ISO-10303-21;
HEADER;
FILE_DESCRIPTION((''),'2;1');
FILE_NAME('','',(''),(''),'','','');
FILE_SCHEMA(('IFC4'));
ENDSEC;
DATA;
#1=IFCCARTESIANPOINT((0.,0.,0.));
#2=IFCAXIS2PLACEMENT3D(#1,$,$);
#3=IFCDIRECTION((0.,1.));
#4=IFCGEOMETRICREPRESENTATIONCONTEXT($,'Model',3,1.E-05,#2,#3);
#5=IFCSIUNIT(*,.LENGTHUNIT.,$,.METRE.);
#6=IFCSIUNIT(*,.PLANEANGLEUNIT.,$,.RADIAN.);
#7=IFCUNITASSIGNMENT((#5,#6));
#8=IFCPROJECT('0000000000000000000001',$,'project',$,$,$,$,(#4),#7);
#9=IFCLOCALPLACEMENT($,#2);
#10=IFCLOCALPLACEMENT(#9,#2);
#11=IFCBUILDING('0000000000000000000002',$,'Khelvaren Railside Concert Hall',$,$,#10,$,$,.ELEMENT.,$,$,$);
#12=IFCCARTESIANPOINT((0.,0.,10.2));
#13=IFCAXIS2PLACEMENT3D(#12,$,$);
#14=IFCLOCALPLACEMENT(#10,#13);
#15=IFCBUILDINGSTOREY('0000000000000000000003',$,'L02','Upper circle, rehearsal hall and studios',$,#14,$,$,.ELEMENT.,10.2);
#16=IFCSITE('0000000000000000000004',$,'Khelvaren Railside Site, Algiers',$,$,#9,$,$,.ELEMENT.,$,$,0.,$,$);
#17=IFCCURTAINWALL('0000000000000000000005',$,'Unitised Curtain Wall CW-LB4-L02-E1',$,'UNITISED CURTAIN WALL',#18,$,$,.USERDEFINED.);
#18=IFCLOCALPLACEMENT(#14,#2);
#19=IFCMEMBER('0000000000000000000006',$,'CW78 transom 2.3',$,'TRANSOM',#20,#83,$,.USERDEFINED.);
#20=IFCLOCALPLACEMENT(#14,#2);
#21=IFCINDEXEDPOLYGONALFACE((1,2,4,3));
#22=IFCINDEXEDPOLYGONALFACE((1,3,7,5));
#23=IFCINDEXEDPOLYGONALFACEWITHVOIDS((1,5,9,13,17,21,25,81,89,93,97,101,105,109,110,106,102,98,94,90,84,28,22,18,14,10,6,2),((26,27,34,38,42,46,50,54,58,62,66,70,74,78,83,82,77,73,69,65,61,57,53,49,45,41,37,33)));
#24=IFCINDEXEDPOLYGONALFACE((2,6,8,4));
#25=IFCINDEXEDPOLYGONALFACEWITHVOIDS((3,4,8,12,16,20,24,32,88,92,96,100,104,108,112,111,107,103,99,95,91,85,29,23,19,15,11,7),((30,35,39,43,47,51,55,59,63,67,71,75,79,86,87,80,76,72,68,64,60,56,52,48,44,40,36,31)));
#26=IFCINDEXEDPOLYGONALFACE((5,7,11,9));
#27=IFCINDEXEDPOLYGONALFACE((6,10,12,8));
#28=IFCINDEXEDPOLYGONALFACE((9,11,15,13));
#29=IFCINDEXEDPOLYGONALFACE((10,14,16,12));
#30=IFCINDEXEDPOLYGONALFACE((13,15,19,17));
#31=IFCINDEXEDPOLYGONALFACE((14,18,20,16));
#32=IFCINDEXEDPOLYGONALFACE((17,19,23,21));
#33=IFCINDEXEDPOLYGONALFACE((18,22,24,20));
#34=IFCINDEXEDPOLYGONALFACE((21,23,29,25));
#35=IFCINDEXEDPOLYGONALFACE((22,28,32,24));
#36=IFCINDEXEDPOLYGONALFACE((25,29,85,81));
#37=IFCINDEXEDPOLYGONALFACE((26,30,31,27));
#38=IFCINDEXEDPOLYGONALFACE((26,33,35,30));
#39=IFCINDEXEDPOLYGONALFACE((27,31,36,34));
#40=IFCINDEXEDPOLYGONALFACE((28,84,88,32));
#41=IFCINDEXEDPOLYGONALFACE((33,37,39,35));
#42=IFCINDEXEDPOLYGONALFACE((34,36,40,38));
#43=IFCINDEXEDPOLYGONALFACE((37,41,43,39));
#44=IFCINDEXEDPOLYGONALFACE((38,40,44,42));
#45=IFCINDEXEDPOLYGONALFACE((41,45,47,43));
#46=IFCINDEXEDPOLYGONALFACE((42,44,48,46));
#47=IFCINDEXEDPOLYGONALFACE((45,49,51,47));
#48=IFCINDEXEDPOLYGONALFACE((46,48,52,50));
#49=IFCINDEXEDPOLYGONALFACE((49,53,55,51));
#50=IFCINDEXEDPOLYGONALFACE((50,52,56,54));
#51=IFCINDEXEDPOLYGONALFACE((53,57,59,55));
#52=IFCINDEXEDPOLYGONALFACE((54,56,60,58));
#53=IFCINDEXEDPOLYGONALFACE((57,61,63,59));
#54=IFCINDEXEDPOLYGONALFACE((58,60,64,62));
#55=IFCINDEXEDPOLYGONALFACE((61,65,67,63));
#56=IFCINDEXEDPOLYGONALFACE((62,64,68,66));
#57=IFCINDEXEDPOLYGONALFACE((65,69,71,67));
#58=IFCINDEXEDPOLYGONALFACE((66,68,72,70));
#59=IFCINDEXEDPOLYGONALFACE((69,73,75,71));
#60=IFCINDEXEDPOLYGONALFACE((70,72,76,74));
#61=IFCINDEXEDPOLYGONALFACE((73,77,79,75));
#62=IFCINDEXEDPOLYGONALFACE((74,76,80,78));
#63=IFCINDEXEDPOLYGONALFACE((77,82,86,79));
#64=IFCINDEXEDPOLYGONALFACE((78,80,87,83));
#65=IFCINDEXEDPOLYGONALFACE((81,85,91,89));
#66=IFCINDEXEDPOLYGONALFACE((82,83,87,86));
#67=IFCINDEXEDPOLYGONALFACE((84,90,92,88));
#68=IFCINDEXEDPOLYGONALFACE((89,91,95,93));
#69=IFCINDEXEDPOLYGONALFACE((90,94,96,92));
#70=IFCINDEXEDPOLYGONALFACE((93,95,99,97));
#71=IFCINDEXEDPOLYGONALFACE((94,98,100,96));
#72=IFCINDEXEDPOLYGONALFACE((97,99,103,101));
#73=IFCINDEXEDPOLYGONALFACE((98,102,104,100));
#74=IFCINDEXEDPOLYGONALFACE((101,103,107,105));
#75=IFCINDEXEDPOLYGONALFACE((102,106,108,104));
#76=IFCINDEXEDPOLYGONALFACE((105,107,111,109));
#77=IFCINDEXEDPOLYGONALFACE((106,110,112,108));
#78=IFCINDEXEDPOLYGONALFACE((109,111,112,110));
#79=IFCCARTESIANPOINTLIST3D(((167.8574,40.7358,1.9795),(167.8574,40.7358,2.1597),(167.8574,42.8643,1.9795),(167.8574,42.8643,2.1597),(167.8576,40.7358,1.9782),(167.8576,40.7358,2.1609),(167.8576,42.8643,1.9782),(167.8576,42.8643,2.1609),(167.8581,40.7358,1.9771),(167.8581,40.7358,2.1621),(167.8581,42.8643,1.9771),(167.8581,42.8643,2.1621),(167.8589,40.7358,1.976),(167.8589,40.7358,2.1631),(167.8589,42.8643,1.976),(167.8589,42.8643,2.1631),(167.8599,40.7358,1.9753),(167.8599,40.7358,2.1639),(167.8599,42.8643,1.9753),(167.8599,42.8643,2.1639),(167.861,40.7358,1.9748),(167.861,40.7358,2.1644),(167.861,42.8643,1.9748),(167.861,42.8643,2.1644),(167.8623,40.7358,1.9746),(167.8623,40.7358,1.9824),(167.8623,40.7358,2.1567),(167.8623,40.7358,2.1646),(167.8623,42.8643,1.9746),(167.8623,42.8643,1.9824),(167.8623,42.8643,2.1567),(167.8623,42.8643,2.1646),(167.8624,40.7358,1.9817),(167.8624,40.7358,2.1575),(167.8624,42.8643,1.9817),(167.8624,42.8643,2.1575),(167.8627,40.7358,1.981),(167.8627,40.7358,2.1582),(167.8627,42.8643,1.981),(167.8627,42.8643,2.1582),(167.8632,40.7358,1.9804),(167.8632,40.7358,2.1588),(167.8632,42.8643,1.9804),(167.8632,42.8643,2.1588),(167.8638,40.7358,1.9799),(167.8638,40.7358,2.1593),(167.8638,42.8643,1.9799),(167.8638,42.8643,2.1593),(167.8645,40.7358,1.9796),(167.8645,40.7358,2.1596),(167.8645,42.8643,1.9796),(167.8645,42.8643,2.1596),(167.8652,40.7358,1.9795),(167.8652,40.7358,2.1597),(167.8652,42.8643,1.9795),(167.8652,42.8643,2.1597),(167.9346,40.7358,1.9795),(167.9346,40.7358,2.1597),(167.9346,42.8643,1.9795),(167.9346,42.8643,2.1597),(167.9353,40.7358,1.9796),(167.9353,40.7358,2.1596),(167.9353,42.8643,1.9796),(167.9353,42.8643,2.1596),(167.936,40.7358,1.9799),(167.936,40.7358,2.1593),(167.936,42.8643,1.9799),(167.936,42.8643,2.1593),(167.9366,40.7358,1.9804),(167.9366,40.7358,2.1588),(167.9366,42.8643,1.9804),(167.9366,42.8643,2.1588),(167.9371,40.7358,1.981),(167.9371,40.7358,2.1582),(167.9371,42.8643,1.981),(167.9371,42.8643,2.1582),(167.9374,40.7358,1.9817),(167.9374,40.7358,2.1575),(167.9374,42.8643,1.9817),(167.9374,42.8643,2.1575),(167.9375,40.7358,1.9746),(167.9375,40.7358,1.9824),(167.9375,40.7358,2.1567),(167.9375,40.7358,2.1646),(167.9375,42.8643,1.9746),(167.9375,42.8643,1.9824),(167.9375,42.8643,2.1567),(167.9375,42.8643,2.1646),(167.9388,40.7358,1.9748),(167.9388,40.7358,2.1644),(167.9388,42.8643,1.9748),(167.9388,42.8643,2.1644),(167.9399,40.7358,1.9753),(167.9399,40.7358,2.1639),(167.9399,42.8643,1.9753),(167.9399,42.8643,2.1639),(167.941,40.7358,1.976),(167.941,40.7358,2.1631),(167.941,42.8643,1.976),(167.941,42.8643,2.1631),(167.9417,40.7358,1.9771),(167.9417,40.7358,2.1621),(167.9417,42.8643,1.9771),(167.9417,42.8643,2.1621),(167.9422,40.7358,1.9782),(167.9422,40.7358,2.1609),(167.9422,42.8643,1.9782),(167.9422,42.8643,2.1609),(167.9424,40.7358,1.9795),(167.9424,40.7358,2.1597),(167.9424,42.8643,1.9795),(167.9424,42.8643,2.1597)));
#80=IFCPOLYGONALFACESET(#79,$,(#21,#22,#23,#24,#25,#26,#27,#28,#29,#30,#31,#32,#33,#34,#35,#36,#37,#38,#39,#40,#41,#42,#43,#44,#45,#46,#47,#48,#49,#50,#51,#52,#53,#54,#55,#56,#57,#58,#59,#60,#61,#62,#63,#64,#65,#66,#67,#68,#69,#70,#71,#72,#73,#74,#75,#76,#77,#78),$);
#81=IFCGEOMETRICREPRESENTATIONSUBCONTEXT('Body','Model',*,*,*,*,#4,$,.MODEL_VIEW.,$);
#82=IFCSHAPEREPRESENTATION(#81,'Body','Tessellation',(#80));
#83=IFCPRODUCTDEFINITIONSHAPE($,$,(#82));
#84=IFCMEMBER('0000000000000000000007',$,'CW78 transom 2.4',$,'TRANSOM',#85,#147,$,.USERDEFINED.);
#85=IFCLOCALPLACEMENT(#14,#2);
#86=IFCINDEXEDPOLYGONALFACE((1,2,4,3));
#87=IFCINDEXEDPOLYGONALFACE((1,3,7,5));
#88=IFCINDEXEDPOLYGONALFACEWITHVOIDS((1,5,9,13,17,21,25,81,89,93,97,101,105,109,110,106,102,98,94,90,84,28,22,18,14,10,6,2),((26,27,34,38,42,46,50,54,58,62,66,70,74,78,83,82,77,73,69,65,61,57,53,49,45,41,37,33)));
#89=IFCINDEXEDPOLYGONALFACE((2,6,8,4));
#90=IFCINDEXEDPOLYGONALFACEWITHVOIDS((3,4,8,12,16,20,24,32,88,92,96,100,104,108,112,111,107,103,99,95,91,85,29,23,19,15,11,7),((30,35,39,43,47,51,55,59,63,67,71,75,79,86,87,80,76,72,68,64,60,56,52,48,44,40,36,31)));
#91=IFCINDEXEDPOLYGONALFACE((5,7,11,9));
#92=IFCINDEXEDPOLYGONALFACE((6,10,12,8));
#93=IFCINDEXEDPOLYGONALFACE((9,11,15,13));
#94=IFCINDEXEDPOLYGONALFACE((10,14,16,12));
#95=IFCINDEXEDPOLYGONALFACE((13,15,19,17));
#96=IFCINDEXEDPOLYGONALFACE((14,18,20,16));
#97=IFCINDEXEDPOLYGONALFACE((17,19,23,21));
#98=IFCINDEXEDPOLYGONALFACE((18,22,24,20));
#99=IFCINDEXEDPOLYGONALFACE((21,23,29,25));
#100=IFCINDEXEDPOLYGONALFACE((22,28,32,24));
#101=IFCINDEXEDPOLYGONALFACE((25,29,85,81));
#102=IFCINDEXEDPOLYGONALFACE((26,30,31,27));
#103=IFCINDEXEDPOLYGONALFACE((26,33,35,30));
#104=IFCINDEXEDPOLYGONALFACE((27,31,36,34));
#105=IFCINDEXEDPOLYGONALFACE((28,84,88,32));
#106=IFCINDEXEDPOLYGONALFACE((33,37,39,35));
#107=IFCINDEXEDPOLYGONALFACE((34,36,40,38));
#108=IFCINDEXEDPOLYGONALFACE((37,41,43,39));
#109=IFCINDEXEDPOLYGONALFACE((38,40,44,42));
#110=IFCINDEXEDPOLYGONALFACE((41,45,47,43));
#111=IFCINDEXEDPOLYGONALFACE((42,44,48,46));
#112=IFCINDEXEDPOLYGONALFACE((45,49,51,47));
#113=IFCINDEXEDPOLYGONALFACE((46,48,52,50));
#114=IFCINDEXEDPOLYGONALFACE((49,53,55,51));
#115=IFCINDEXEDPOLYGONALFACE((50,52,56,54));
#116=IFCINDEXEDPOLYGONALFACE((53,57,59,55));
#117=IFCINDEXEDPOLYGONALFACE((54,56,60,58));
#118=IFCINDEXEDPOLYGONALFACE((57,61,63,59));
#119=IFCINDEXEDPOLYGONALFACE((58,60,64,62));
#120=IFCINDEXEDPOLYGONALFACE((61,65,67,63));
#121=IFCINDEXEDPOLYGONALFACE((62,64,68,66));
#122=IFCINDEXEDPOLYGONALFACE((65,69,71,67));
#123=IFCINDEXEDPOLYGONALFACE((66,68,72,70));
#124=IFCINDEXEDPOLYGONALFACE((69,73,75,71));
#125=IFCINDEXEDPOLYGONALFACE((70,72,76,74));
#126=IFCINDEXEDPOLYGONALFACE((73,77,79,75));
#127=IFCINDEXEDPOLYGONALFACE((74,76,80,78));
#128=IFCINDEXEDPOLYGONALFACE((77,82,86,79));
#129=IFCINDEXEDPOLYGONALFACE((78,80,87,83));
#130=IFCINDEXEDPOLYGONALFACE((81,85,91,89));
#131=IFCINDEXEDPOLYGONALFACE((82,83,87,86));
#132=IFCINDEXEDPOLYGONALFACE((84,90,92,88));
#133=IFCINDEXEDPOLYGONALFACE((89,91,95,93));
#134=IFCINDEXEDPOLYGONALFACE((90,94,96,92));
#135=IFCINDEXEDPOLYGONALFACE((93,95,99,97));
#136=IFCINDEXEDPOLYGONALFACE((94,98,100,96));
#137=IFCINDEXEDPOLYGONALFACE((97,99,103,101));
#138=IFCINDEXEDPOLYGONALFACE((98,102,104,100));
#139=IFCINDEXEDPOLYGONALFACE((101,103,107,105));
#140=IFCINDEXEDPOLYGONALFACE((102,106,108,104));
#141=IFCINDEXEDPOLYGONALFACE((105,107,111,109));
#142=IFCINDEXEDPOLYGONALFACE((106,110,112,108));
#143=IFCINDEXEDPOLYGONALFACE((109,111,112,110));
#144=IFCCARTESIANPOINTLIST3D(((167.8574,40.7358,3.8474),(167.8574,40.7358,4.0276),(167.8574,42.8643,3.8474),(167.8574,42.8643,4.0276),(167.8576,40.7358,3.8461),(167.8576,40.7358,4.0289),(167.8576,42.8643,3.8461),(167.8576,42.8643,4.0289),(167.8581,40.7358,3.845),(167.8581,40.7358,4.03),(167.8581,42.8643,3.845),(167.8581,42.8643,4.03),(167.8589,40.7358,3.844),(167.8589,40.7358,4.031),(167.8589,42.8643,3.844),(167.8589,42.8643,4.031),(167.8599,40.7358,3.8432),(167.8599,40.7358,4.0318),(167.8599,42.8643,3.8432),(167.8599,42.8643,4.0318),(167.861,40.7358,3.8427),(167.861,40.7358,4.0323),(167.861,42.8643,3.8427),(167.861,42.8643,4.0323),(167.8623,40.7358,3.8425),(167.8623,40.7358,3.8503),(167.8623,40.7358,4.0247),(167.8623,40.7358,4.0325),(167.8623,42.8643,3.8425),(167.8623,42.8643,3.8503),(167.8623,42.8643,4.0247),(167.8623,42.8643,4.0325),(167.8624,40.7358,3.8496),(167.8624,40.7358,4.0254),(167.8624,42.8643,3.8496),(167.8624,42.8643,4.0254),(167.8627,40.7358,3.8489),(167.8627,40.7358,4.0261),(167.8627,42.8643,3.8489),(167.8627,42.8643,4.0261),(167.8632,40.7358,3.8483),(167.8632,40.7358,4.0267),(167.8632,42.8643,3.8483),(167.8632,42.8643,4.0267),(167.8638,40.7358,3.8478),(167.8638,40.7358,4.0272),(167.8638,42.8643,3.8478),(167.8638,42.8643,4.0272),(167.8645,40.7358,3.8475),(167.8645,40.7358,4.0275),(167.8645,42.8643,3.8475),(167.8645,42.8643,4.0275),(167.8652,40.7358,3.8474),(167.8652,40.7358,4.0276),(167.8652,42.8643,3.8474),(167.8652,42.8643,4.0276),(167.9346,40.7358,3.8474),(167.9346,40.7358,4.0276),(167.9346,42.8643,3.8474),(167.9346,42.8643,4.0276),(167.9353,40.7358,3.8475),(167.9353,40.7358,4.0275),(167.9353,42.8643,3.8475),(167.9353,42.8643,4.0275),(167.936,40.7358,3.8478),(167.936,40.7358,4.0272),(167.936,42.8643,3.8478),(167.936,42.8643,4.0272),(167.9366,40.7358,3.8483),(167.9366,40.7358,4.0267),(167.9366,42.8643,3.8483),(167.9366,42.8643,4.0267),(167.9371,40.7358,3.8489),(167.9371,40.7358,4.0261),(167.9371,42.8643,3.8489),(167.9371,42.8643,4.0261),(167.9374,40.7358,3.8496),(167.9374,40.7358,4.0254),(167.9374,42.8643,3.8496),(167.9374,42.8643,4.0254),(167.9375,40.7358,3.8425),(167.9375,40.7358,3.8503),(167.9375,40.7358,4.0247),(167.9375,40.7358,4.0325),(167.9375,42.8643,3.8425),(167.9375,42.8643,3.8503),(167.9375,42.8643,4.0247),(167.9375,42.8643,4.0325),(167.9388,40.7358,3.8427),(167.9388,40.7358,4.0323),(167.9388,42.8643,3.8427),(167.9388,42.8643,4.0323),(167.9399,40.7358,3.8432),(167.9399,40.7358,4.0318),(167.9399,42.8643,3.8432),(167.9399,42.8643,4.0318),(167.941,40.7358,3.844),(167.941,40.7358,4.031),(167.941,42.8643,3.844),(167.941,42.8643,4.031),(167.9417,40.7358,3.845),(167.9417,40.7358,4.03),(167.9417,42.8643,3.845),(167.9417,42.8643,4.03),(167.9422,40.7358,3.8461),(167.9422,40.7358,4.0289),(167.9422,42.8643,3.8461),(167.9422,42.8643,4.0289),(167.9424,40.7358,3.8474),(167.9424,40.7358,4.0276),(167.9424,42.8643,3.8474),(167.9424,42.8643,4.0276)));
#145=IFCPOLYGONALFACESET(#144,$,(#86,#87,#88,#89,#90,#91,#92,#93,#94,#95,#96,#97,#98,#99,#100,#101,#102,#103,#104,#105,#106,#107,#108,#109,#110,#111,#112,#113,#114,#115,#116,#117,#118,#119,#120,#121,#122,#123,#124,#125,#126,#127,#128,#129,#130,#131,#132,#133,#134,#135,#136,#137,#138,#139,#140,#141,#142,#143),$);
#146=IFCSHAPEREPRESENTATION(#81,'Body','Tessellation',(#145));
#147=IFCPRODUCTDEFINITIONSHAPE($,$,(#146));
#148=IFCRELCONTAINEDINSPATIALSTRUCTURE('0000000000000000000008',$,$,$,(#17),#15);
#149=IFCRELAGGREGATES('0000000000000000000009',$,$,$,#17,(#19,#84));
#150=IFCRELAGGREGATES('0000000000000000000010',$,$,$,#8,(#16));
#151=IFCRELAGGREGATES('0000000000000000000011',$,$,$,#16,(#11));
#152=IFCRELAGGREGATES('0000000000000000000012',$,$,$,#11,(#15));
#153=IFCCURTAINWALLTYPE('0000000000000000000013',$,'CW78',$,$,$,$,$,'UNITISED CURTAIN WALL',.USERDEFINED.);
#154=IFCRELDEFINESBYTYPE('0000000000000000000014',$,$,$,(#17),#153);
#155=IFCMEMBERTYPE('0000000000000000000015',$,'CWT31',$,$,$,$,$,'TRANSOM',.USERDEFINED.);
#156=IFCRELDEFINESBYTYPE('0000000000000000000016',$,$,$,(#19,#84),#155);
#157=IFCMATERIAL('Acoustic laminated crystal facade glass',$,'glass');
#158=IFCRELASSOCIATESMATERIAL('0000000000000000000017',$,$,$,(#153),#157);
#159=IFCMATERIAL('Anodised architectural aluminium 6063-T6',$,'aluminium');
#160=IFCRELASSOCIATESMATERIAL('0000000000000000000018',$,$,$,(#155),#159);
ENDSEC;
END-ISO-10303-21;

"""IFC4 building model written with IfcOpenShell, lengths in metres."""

from ifc_helpers import new_model, si_unit, direction, frame, origin, origin_2d, place, context, subcontext, project, spatial, hollow_rectangle, extrude, material, material_profile, profile_set, type_object, element, aggregate, save


model = new_model("IFC4")

# Units and contexts
model_context = context("Model", 3, precision=1e-05, world=origin(), true_north=direction((0.0, 1.0)))
body_context = subcontext(model_context, "Body", "Model", "MODEL_VIEW")
ifc_project = project(units=[si_unit("LENGTHUNIT", "METRE"), si_unit("PLANEANGLEUNIT", "RADIAN")], contexts=[model_context])

# Site, building, storey
site_placement = place(None, origin())
site = spatial("IfcSite", under=ifc_project, at=site_placement, Name="Khelvaren Railside Site, Algiers", CompositionType="ELEMENT", RefElevation=0.0)
building_placement = place(site_placement, origin())
building = spatial("IfcBuilding", under=site, at=building_placement, Name="Khelvaren Railside Concert Hall", CompositionType="ELEMENT")
storey_placement = place(building_placement, frame((0.0, 0.0, 10.2)))
storey = spatial("IfcBuildingStorey", under=building, at=storey_placement, Name="L02", Description="Upper circle, rehearsal hall and studios", CompositionType="ELEMENT", Elevation=10.2)

# Curtain wall, members
ifc_material_1 = material(Name="Acoustic laminated crystal facade glass", Category="glass")
curtain_wall_type = type_object("IfcCurtainWallType", Name="CW78", ElementType="UNITISED CURTAIN WALL", PredefinedType="USERDEFINED", material=ifc_material_1)
curtain_wall_placement = place(storey_placement, origin())
curtain_wall = element("IfcCurtainWall", 1, at=curtain_wall_placement, inside=storey, type_object=curtain_wall_type, Name="Unitised Curtain Wall CW-LB4-L02-E1", ObjectType="UNITISED CURTAIN WALL", PredefinedType="USERDEFINED")
ifc_material_2 = material(Name="Anodised architectural aluminium 6063-T6", Category="aluminium")
ifc_material_profile_1 = material_profile(ifc_material_2, hollow_rectangle(XDim=0.085, YDim=0.1899, WallThickness=0.0049, InnerFilletRadius=0.0029, OuterFilletRadius=0.0049, at=origin_2d()), Name="CWT 85x190x5")
ifc_profile_set_1 = profile_set([ifc_material_profile_1], Name="Anodised architectural aluminium 6063-T6")
member_type_1 = type_object("IfcMemberType", Name="CWT31", ElementType="TRANSOM", PredefinedType="USERDEFINED", material=ifc_profile_set_1)
member_1_placement = place(storey_placement, frame((167.8999, 42.8643, 2.0696), z_axis=(0.0, -1.0, 0.0), x_axis=(1.0, 0.0, 0.0)))
member_1 = element("IfcMember", 2, at=member_1_placement, type_object=member_type_1, Name="CW78 transom 2.3", ObjectType="TRANSOM", PredefinedType="USERDEFINED", context=body_context, shape_type="SweptSolid", body=[
    extrude(hollow_rectangle(XDim=0.085, YDim=0.1899, WallThickness=0.0049, InnerFilletRadius=0.0029, OuterFilletRadius=0.0049, at=origin_2d()), origin(), (0.0, 0.0, 1.0), 2.1284),
])
member_2_placement = place(storey_placement, frame((167.8999, 42.8643, 3.9375), z_axis=(0.0, -1.0, 0.0), x_axis=(1.0, 0.0, 0.0)))
member_2 = element("IfcMember", 3, at=member_2_placement, type_object=member_type_1, Name="CW78 transom 2.4", ObjectType="TRANSOM", PredefinedType="USERDEFINED", context=body_context, shape_type="SweptSolid", body=[
    extrude(hollow_rectangle(XDim=0.085, YDim=0.1899, WallThickness=0.0049, InnerFilletRadius=0.0029, OuterFilletRadius=0.0049, at=origin_2d()), origin(), (0.0, 0.0, 1.0), 2.1284),
])

aggregate(curtain_wall, [member_1, member_2])

save(model, "model.ifc")
